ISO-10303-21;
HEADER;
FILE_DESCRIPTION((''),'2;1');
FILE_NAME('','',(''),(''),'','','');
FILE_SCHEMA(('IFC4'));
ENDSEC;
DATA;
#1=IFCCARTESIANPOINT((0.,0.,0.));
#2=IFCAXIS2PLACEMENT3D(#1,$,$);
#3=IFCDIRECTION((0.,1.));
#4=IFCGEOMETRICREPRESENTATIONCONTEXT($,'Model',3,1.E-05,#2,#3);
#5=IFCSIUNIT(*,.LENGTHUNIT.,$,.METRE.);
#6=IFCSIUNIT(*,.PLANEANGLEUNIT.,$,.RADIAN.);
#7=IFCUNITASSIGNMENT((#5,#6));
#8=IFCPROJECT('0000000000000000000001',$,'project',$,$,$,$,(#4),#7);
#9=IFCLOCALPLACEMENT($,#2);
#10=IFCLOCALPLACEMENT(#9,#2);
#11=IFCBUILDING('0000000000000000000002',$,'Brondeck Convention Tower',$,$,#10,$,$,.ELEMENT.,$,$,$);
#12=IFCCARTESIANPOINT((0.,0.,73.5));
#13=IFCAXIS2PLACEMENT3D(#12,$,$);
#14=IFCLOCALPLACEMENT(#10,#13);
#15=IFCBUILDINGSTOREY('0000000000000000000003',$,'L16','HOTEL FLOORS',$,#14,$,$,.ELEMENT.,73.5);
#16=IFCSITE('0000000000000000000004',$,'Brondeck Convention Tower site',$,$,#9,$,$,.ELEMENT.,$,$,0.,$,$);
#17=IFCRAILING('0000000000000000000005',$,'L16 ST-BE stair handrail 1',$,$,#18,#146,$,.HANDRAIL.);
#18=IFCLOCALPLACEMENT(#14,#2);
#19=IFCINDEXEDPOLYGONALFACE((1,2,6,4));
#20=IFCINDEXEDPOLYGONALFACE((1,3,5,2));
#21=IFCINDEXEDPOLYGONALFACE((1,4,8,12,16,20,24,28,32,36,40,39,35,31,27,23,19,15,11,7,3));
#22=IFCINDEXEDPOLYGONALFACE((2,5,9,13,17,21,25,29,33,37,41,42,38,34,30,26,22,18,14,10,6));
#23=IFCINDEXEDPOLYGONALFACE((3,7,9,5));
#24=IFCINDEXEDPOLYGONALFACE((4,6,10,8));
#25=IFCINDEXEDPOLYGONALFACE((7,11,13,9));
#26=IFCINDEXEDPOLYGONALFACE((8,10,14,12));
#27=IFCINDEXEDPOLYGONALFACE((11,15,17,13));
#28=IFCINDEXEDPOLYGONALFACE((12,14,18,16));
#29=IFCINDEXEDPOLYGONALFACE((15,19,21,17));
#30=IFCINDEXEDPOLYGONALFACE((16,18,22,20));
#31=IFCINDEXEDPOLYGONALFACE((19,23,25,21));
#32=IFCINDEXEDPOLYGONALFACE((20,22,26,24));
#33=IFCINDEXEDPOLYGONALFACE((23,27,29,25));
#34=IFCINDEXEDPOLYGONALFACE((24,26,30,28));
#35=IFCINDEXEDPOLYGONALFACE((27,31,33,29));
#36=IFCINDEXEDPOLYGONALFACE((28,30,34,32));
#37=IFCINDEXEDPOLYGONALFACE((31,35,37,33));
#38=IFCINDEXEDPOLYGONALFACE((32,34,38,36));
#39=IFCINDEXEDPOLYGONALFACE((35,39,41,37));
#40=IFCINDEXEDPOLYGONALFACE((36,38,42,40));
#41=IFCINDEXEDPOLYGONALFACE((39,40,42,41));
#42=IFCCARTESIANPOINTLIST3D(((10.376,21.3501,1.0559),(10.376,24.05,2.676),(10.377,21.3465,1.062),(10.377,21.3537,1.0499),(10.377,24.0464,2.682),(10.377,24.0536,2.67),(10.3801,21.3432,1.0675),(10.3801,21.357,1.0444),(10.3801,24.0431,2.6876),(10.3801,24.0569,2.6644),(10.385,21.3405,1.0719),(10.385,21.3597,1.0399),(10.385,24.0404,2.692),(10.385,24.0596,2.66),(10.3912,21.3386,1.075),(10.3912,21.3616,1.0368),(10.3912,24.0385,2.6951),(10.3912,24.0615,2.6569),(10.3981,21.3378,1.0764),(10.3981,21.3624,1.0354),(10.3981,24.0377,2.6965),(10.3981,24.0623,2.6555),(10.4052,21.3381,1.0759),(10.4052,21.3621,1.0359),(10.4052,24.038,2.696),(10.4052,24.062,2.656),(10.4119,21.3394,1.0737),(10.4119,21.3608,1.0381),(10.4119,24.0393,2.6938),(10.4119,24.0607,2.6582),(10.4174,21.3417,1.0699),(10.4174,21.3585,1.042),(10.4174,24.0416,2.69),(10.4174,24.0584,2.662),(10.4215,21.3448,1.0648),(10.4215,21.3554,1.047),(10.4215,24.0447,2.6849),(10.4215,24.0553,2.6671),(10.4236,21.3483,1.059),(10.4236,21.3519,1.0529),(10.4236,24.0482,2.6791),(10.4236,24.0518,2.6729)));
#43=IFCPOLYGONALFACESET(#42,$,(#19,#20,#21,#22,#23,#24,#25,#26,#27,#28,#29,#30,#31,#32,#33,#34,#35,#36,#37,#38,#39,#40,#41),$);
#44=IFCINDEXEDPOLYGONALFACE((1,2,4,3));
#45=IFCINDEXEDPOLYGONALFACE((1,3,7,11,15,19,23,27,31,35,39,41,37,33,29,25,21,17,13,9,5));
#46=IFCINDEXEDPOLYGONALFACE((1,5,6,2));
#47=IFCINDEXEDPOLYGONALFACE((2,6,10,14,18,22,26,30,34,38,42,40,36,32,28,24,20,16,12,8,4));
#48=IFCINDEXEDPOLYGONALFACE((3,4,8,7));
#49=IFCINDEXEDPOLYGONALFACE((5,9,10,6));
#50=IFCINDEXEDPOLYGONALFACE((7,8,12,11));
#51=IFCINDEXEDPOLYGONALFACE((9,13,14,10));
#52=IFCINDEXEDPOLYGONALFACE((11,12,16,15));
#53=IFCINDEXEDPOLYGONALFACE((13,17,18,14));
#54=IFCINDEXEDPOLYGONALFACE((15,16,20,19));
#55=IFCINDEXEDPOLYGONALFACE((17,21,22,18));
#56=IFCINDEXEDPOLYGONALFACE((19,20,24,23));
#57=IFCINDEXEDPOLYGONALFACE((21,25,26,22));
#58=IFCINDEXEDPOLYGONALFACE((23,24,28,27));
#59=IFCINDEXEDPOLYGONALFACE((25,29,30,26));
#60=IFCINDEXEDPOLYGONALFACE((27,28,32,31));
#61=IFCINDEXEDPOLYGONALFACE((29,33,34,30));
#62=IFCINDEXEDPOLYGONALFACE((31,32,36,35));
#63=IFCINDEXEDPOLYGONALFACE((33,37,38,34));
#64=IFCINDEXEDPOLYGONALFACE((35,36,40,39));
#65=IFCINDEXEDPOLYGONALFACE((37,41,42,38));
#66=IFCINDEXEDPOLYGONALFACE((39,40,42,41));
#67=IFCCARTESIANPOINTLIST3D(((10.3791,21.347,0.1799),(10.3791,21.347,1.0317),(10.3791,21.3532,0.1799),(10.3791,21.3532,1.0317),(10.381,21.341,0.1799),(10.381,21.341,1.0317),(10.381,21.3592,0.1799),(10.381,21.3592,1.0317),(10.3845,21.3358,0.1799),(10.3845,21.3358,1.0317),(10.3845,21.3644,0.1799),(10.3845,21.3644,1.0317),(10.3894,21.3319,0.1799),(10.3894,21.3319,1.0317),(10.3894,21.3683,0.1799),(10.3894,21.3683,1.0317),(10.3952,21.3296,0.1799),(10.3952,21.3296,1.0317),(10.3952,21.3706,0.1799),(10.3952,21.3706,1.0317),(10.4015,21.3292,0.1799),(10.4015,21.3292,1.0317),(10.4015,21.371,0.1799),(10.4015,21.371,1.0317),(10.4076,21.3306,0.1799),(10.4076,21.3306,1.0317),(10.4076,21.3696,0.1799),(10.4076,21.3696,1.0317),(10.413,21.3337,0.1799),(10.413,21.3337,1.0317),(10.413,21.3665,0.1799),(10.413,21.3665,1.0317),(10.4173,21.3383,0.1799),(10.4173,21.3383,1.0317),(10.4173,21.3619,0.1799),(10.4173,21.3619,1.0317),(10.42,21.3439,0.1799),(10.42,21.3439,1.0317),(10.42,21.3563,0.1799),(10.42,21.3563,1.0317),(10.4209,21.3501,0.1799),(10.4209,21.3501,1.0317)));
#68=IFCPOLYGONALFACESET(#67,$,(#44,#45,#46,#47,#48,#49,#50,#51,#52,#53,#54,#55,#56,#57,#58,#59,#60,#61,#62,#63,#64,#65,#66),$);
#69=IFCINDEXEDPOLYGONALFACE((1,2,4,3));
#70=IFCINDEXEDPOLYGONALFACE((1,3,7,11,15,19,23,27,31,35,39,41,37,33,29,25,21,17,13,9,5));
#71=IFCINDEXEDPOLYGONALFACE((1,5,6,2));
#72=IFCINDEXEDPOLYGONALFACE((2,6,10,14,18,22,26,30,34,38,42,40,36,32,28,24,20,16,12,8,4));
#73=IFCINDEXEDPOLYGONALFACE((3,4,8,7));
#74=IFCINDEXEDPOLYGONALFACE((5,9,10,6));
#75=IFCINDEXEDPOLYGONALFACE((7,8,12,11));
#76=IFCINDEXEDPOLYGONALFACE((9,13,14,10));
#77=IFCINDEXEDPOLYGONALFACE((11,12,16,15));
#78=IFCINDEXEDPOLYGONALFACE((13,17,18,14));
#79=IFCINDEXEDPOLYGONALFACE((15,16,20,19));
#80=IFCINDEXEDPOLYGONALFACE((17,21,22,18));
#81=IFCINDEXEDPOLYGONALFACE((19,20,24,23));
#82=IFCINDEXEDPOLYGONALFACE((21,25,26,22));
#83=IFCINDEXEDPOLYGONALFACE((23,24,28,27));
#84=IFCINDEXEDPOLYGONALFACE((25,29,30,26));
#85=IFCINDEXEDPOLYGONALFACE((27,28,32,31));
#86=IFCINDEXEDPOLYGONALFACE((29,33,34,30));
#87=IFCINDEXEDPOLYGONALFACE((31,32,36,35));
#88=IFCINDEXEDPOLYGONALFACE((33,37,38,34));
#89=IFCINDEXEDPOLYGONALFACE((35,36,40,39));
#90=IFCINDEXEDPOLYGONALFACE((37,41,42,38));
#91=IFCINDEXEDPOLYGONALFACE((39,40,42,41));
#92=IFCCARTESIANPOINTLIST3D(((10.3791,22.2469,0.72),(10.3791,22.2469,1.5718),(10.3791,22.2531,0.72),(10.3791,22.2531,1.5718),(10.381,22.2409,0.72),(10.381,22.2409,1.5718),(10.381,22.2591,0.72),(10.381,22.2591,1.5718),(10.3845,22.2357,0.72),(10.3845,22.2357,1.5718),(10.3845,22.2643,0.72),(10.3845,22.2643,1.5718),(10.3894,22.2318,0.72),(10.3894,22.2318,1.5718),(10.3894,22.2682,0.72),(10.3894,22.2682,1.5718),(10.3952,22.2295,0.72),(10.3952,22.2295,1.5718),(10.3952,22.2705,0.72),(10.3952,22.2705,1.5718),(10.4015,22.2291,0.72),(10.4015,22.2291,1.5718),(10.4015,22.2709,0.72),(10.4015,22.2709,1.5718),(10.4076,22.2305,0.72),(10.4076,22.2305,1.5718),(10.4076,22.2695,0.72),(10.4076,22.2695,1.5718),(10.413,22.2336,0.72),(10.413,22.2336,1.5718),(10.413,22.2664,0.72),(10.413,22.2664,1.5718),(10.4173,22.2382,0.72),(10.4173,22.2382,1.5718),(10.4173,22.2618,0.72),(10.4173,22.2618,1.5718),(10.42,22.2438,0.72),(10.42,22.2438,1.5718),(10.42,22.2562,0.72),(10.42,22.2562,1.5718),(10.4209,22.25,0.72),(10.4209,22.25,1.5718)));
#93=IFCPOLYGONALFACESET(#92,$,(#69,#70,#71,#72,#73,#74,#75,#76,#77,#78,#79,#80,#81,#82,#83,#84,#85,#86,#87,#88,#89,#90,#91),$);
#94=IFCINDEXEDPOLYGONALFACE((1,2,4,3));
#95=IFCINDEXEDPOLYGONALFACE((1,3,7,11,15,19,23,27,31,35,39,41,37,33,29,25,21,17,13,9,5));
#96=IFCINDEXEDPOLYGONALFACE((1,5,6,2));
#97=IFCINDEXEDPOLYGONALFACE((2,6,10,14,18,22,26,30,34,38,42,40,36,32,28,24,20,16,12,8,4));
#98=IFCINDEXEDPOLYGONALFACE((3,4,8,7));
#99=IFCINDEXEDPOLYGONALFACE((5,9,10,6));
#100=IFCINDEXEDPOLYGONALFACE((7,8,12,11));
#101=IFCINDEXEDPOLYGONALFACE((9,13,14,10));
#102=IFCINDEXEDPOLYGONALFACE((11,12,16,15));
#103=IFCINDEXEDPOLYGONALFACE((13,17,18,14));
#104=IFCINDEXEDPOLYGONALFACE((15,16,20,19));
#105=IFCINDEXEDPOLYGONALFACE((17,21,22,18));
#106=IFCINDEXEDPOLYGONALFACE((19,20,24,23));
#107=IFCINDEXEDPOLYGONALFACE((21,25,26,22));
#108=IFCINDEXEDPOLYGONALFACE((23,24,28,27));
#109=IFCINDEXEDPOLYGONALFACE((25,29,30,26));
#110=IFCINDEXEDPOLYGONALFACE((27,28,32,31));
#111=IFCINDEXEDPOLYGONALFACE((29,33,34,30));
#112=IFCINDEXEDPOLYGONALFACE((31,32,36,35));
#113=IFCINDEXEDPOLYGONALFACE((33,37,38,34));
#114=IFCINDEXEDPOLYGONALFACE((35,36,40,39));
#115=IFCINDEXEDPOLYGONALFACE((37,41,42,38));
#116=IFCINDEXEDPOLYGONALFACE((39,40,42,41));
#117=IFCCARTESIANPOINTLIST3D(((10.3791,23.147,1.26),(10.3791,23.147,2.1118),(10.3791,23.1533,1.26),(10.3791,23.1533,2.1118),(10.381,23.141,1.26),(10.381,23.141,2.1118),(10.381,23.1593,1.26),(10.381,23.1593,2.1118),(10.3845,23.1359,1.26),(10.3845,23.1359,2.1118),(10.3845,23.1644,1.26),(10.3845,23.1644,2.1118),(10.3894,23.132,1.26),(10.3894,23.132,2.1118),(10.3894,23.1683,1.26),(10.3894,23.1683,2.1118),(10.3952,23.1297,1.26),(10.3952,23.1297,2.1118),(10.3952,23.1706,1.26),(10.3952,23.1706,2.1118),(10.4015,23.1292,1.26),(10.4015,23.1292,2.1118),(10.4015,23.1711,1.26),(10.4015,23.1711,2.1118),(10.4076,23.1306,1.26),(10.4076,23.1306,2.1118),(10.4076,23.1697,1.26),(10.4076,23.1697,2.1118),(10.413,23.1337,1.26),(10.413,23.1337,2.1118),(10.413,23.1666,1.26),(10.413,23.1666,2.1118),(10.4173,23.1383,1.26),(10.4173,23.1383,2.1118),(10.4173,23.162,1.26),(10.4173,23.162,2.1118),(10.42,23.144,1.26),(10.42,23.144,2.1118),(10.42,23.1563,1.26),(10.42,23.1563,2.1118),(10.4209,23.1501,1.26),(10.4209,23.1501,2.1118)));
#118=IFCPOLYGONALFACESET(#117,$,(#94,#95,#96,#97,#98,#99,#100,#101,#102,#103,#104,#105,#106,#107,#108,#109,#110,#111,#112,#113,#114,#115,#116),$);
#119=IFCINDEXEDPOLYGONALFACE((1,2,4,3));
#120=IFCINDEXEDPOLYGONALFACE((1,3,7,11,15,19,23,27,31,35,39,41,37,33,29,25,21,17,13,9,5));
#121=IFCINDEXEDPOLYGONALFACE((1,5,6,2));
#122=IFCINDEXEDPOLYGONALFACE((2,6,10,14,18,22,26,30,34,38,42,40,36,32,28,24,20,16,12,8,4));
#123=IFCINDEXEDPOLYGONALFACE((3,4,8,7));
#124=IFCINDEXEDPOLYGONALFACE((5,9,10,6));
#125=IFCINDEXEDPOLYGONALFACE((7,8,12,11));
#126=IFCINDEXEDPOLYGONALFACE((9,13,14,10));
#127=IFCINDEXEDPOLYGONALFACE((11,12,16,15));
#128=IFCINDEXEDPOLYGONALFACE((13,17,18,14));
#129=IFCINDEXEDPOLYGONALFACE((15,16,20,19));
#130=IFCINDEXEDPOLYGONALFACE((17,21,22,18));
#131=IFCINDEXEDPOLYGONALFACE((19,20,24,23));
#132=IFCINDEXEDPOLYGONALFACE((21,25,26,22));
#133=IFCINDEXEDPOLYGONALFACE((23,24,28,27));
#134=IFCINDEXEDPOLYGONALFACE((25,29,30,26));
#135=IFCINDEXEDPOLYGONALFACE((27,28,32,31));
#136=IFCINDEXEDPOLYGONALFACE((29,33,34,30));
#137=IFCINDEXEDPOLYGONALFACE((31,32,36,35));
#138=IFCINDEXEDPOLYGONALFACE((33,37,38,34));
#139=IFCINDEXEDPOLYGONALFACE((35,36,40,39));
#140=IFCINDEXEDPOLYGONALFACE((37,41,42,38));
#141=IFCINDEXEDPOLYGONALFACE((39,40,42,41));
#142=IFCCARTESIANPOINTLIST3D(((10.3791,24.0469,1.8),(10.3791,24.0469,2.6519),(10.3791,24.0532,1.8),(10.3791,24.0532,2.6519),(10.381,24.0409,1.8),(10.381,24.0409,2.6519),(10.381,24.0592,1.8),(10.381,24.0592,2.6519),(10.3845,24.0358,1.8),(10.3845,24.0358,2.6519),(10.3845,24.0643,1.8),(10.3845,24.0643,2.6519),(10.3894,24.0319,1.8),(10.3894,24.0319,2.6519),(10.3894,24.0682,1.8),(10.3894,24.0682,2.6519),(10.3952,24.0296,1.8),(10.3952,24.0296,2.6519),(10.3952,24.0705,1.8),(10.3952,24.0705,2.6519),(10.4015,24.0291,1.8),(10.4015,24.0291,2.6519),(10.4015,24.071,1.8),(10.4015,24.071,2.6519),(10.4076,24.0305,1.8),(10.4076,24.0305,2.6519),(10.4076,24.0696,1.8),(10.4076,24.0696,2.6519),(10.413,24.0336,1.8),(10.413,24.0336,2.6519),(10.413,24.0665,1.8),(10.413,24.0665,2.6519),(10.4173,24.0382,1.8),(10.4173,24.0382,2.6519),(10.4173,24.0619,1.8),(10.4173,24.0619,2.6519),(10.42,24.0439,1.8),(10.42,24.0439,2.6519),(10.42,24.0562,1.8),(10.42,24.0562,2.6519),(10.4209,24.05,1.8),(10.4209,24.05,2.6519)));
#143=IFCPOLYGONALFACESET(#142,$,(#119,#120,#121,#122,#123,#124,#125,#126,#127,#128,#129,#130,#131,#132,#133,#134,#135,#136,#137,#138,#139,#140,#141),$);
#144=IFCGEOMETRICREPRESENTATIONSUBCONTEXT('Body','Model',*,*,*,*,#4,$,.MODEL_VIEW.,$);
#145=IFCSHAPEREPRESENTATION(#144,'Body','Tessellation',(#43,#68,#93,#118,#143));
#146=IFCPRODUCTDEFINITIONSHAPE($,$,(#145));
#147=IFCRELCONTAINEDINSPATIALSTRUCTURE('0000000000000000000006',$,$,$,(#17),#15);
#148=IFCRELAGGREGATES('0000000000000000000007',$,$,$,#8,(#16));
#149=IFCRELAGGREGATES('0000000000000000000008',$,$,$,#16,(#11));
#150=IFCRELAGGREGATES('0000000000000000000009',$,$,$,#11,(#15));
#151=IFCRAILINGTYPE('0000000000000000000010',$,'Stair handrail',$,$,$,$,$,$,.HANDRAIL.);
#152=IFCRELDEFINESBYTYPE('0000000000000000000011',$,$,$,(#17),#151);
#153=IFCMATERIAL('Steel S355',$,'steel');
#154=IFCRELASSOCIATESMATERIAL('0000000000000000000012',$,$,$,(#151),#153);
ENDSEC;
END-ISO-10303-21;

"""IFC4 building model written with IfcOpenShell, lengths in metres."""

from ifc_helpers import new_model, si_unit, direction, frame, origin, origin_2d, place, context, subcontext, project, spatial, circle, extrude, material, type_object, element, save


model = new_model("IFC4")

# Units and contexts
model_context = context("Model", 3, precision=1e-05, world=origin(), true_north=direction((0.0, 1.0)))
body_context = subcontext(model_context, "Body", "Model", "MODEL_VIEW")
ifc_project = project(units=[si_unit("LENGTHUNIT", "METRE"), si_unit("PLANEANGLEUNIT", "RADIAN")], contexts=[model_context])

# Site, building, storey
site_placement = place(None, origin())
site = spatial("IfcSite", under=ifc_project, at=site_placement, Name="Brondeck Convention Tower site", CompositionType="ELEMENT", RefElevation=0.0)
building_placement = place(site_placement, origin())
building = spatial("IfcBuilding", under=site, at=building_placement, Name="Brondeck Convention Tower", CompositionType="ELEMENT")
storey_placement = place(building_placement, frame((0.0, 0.0, 73.5)))
storey = spatial("IfcBuildingStorey", under=building, at=storey_placement, Name="L16", Description="HOTEL FLOORS", CompositionType="ELEMENT", Elevation=73.5)

# Shared definitions
ifc_material_1 = material(Name="Steel S355", Category="steel")

# Railing
railing_type_1 = type_object("IfcRailingType", Name="Stair handrail", PredefinedType="HANDRAIL", material=ifc_material_1)
railing_1_placement = place(storey_placement, frame((10.3999, 21.3501, 0.1799)))
element("IfcRailing", 1, at=railing_1_placement, inside=storey, type_object=railing_type_1, Name="L16 ST-BE stair handrail 1", PredefinedType="HANDRAIL", context=body_context, shape_type="SweptSolid", body=[
    extrude(circle(Radius=0.0239, at=origin_2d()), frame((0.0, 0.0, 0.876), z_axis=(0.0, 0.857472, 0.51453), x_axis=(-1.0, 0.0, 0.0)), (0.0, 0.0, 1.0), 3.1487),
    extrude(circle(Radius=0.021, at=origin_2d()), origin(), (0.0, 0.0, 1.0), 0.8518),
    extrude(circle(Radius=0.021, at=origin_2d()), frame((0.0, 0.8999, 0.54)), (0.0, 0.0, 1.0), 0.8518),
    extrude(circle(Radius=0.021, at=origin_2d()), frame((0.0, 1.8, 1.0801)), (0.0, 0.0, 1.0), 0.8518),
    extrude(circle(Radius=0.021, at=origin_2d()), frame((0.0, 2.7, 1.6201)), (0.0, 0.0, 1.0), 0.8518),
])

save(model, "model.ifc")
